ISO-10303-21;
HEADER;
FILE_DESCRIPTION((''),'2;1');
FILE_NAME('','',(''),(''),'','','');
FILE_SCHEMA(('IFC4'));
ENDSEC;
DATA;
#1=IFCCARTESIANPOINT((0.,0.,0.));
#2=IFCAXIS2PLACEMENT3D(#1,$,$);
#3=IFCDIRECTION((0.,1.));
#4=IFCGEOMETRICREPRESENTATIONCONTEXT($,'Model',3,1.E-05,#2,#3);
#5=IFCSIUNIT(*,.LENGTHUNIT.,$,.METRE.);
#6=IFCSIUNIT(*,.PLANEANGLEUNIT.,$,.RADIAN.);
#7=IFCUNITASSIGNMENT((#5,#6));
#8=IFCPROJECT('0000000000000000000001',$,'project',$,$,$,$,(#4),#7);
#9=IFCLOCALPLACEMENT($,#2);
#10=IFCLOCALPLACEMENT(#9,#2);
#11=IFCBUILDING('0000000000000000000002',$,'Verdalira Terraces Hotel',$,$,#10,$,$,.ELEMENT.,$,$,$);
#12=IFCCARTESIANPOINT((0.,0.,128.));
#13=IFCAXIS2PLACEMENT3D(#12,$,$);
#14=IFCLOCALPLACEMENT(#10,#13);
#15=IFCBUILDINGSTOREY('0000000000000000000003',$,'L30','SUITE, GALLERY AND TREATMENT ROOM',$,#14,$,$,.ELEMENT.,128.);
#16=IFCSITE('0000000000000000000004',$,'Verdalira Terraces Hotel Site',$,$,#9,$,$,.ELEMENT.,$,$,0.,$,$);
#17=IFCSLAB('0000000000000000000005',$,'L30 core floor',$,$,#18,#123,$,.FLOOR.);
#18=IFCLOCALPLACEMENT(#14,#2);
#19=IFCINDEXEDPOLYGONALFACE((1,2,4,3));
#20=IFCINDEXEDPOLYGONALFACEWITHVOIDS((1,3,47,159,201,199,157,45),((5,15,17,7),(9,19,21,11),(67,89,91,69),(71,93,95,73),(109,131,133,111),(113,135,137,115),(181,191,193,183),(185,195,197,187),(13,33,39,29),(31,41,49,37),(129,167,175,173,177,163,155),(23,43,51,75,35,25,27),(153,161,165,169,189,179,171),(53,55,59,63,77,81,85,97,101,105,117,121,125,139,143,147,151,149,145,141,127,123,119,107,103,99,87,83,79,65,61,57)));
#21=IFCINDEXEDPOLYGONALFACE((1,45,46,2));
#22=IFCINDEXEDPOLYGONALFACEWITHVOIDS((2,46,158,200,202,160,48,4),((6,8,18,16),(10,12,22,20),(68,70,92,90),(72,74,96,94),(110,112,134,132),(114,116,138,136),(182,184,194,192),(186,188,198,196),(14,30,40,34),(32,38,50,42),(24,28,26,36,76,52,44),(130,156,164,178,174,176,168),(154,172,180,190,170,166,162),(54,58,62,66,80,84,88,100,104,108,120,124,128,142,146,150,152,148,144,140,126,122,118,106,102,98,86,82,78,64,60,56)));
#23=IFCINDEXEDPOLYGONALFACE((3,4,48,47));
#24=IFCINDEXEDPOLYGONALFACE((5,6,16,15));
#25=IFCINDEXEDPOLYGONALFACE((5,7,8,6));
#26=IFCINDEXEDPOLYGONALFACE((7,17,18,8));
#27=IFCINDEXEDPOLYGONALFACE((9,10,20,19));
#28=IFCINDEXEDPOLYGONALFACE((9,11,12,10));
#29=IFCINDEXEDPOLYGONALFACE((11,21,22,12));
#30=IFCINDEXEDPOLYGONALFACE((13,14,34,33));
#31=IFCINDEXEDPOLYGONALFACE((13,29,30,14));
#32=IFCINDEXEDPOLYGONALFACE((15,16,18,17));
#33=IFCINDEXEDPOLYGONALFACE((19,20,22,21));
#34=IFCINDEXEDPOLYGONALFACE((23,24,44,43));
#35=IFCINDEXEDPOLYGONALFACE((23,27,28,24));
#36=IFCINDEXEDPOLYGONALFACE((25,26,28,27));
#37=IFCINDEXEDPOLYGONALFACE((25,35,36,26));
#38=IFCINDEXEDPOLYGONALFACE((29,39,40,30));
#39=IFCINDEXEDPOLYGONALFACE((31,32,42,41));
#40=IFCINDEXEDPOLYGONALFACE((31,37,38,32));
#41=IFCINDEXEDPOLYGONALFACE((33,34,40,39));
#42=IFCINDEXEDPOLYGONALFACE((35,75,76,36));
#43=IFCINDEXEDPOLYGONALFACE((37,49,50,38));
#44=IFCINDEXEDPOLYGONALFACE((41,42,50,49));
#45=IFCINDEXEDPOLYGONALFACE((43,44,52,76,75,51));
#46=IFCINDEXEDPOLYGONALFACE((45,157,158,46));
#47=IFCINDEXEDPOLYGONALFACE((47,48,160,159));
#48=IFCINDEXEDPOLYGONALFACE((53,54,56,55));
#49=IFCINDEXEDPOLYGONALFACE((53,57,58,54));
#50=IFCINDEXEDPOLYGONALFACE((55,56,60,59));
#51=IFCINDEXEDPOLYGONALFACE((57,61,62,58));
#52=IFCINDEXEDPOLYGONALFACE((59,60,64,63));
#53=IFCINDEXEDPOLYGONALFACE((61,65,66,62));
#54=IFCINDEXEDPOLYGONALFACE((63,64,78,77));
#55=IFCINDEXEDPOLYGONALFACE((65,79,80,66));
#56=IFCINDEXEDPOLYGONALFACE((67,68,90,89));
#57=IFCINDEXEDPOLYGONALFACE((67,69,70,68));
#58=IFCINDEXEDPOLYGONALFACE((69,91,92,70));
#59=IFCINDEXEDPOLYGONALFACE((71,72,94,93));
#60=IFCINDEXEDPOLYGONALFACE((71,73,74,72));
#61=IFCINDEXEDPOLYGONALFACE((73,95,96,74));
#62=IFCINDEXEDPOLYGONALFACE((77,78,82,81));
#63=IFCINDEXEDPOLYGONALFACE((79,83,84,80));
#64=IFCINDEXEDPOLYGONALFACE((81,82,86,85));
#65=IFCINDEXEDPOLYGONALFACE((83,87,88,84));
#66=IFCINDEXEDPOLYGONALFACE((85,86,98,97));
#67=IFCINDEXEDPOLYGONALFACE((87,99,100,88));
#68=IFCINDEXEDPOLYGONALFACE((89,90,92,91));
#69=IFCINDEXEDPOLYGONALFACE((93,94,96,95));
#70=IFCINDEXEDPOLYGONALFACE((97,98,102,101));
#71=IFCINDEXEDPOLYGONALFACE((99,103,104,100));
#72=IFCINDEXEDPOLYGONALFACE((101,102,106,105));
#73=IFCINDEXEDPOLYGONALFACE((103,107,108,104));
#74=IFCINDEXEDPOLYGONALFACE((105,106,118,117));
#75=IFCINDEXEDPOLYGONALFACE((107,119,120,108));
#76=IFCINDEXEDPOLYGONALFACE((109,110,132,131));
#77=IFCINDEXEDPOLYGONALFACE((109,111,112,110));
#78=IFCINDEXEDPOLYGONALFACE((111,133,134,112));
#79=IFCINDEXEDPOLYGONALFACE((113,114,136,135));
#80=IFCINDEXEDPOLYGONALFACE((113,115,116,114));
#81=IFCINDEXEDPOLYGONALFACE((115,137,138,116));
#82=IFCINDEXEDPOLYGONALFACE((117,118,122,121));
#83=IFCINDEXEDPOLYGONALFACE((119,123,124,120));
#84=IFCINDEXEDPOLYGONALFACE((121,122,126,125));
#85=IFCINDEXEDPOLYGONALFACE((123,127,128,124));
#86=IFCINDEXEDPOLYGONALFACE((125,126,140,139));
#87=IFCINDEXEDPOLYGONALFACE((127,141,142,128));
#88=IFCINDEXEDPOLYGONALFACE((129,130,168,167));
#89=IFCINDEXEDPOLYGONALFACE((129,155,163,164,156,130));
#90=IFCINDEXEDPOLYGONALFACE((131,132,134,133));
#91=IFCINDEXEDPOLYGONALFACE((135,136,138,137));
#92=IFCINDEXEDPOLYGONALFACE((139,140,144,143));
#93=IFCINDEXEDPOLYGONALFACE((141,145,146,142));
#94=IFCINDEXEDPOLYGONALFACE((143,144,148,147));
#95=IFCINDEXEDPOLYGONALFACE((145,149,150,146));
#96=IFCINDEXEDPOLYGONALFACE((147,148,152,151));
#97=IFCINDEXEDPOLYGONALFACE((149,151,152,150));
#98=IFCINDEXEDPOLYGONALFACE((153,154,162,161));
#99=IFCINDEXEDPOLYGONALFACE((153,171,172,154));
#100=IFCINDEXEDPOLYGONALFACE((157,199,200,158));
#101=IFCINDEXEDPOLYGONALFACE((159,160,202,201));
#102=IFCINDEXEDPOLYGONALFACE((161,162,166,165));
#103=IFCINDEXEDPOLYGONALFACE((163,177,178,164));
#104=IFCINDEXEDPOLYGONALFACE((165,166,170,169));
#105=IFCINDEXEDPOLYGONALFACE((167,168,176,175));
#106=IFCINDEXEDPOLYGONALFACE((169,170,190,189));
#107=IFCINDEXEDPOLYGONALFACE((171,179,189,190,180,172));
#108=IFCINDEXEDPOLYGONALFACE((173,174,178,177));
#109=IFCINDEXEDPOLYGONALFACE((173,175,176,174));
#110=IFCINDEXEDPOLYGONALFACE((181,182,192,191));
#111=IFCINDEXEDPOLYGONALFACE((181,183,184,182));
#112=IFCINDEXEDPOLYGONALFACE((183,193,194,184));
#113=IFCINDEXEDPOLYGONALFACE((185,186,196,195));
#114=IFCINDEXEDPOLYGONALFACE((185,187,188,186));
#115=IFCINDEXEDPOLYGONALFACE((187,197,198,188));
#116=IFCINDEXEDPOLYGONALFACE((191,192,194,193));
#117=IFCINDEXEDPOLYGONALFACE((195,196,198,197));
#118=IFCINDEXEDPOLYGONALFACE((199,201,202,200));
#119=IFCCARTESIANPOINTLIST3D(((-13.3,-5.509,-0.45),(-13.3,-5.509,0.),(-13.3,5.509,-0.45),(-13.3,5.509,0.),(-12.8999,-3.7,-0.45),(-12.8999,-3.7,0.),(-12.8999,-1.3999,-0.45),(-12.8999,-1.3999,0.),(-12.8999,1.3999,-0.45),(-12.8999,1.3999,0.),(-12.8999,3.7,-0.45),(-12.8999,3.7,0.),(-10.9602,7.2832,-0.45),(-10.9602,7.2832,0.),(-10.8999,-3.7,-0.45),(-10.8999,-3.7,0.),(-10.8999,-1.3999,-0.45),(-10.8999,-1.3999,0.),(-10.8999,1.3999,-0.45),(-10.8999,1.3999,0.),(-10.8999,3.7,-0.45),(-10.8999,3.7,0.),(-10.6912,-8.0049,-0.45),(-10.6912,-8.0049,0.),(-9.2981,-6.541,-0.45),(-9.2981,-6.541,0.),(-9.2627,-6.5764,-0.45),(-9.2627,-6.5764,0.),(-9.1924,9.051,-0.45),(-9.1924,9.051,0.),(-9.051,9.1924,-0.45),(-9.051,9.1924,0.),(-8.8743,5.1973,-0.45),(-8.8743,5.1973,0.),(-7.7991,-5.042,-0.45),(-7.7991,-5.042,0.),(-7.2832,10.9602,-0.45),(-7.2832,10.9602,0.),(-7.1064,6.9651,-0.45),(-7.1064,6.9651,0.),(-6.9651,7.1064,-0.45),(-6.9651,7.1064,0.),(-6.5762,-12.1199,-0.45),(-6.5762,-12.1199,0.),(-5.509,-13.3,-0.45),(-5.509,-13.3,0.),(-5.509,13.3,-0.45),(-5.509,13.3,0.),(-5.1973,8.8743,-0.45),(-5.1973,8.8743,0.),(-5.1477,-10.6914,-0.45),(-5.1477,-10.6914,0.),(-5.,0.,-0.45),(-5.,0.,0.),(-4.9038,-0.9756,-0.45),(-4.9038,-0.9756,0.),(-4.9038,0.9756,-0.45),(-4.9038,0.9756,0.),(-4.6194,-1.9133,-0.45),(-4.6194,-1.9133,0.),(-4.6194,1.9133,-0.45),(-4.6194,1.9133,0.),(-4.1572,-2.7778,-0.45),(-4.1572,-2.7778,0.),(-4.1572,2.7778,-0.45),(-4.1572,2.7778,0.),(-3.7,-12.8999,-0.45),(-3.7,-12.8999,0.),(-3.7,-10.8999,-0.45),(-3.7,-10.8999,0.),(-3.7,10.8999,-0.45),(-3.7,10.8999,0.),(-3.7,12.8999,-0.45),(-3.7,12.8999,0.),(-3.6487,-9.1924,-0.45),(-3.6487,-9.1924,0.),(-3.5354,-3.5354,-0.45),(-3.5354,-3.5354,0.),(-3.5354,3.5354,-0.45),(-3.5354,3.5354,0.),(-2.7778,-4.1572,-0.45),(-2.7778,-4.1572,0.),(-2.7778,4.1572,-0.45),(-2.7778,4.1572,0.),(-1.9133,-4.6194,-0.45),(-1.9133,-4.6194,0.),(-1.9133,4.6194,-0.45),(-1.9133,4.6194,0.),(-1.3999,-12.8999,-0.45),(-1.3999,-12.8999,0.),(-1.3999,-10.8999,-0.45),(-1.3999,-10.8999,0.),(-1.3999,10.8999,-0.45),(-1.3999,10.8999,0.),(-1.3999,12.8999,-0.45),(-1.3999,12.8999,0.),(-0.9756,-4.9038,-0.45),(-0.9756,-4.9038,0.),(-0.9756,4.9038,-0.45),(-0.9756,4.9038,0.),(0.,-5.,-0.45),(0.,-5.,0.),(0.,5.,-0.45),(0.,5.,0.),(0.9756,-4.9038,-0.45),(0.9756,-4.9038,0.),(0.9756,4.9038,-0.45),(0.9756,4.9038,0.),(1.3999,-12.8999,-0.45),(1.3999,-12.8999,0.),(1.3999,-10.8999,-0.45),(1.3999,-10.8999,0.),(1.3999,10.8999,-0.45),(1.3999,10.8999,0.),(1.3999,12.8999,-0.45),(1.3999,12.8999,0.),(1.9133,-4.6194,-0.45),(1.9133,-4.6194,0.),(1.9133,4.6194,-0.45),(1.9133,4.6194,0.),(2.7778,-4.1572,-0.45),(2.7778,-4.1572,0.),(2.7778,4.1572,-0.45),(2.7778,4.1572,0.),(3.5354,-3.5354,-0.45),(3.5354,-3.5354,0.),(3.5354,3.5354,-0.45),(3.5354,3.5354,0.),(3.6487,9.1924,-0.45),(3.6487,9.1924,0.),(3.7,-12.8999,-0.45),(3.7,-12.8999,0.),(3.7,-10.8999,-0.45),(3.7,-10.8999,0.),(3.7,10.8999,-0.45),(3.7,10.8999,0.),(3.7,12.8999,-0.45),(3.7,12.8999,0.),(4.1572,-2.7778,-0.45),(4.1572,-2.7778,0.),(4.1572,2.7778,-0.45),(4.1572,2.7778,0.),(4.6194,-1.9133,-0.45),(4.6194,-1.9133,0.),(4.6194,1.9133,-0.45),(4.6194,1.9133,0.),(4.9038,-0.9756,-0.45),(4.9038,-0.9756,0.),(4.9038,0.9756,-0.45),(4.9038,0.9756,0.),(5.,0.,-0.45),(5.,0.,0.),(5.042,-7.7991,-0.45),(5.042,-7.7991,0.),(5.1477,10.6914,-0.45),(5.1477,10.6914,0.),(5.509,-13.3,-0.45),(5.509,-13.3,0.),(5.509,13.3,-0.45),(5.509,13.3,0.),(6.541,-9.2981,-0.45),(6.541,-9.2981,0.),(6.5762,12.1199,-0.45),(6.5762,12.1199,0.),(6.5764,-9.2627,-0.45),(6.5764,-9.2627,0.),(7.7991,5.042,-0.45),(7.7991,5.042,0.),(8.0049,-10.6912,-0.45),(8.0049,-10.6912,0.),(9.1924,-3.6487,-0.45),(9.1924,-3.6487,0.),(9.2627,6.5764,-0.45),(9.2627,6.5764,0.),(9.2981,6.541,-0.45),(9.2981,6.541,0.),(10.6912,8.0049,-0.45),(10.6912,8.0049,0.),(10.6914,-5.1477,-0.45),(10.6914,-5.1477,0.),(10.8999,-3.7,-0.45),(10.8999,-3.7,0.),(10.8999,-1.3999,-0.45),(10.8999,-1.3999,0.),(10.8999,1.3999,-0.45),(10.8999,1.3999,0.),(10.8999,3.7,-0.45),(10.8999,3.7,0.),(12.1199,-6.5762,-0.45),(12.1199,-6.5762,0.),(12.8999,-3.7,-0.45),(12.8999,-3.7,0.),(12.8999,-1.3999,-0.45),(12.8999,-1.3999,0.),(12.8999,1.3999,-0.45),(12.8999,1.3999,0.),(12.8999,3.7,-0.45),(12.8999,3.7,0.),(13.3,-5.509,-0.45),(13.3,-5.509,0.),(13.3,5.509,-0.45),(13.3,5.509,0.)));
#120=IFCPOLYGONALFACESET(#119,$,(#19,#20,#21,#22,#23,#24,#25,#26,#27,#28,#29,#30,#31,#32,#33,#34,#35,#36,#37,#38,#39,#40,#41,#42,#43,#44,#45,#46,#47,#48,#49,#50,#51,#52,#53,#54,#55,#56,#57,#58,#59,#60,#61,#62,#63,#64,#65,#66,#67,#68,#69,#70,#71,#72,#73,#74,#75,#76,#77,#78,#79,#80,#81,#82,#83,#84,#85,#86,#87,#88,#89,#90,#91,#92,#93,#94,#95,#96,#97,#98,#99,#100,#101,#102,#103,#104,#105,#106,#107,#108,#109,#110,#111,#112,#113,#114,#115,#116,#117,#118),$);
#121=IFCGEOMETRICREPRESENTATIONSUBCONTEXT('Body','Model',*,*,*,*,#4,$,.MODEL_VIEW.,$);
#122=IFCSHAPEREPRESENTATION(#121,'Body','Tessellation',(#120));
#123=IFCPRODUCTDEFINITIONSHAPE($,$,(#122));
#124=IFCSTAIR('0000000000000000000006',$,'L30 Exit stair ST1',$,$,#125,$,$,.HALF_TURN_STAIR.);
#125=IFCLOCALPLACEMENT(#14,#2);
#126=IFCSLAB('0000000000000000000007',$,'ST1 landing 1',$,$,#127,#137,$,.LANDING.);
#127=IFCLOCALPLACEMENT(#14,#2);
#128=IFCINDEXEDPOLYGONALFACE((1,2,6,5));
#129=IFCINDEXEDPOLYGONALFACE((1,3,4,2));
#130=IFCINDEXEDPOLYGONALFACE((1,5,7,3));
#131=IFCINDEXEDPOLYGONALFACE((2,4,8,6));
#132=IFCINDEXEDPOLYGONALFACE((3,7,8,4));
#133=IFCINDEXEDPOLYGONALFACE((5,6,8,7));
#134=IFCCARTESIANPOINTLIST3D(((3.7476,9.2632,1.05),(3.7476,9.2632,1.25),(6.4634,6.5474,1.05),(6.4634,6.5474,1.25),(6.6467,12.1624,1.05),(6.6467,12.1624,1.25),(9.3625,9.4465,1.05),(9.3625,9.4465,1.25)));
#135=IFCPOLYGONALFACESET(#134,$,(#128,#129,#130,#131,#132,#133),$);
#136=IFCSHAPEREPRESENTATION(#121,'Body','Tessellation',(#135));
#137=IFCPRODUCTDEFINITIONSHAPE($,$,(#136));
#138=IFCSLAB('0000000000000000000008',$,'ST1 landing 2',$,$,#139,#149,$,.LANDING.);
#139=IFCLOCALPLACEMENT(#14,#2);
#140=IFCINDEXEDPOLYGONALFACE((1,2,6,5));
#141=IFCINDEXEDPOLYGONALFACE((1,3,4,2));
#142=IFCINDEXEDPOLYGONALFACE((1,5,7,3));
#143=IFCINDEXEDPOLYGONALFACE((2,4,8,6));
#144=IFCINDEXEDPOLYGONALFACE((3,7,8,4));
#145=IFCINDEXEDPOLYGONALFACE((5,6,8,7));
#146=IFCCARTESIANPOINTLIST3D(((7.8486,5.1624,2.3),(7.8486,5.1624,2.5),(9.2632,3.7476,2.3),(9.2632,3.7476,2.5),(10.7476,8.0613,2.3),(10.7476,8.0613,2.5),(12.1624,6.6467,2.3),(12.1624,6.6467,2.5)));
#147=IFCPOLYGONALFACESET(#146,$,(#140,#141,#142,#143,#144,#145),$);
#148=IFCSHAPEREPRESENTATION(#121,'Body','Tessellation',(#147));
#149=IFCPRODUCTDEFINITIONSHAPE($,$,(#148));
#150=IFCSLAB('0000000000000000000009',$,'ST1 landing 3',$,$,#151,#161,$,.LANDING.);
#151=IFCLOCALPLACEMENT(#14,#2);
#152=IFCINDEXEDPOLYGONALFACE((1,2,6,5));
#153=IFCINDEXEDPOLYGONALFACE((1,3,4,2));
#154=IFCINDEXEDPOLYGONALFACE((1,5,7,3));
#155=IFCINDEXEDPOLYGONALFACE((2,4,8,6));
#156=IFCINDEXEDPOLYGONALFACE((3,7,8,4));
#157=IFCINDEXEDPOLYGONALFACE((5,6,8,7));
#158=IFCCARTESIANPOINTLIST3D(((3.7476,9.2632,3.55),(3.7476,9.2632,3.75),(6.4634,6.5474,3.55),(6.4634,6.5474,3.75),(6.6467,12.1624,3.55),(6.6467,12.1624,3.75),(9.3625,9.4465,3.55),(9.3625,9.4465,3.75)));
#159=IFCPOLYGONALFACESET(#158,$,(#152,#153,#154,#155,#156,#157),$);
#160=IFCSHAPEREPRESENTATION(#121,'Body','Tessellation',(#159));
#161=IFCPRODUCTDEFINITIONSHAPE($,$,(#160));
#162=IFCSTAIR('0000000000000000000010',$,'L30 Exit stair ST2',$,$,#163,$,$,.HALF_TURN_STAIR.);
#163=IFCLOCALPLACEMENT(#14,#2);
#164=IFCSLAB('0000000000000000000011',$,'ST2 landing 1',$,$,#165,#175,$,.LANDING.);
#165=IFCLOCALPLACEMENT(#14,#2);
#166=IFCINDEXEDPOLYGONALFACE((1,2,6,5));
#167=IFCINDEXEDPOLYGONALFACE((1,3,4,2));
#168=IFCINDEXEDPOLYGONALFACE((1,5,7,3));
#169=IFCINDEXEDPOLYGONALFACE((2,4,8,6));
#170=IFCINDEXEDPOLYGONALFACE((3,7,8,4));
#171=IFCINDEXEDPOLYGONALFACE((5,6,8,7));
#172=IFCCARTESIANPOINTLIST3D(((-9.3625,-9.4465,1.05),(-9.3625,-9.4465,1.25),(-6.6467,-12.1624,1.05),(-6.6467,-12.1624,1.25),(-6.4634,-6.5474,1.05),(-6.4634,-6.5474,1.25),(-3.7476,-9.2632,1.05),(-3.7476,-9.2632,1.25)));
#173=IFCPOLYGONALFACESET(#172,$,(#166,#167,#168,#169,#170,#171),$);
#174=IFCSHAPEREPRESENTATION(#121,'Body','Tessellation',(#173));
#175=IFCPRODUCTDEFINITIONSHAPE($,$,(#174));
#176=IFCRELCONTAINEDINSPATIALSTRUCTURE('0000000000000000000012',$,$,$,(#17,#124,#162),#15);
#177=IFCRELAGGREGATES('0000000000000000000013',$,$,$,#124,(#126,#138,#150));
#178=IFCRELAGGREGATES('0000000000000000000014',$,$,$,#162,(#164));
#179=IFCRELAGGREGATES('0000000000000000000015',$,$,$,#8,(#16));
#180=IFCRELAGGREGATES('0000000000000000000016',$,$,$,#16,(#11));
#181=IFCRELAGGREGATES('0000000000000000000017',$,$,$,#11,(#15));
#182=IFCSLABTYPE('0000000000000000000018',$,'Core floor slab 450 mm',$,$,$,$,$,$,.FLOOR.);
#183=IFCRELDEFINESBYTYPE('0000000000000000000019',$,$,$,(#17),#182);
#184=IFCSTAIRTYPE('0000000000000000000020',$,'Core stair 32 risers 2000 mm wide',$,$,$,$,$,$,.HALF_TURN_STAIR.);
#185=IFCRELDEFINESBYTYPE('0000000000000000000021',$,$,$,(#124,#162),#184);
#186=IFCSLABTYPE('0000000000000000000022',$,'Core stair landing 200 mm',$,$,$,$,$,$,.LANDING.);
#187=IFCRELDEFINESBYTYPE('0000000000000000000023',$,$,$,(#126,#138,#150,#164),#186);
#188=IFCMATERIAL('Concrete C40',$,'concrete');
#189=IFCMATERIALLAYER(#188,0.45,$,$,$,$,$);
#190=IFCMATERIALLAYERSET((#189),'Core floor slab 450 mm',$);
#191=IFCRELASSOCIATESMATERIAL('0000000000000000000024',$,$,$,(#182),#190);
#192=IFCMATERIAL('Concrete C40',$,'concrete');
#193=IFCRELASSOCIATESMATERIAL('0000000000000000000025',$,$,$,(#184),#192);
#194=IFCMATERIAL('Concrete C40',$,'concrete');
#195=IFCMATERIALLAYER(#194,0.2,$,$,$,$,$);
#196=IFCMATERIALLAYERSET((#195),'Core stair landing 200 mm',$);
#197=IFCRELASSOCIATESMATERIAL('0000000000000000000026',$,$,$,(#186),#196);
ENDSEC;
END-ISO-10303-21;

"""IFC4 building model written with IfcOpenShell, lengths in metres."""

from ifc_helpers import new_model, si_unit, direction, frame, origin, place, context, subcontext, project, spatial, polyline, outline, extrude, material, layer, layer_set, type_object, element, aggregate, save


model = new_model("IFC4")

# Units and contexts
model_context = context("Model", 3, precision=1e-05, world=origin(), true_north=direction((0.0, 1.0)))
body_context = subcontext(model_context, "Body", "Model", "MODEL_VIEW")
ifc_project = project(units=[si_unit("LENGTHUNIT", "METRE"), si_unit("PLANEANGLEUNIT", "RADIAN")], contexts=[model_context])

# Site, building, storey
site_placement = place(None, origin())
site = spatial("IfcSite", under=ifc_project, at=site_placement, Name="Verdalira Terraces Hotel Site", CompositionType="ELEMENT", RefElevation=0.0)
building_placement = place(site_placement, origin())
building = spatial("IfcBuilding", under=site, at=building_placement, Name="Verdalira Terraces Hotel", CompositionType="ELEMENT")
storey_placement = place(building_placement, frame((0.0, 0.0, 128.0)))
storey = spatial("IfcBuildingStorey", under=building, at=storey_placement, Name="L30", Description="SUITE, GALLERY AND TREATMENT ROOM", CompositionType="ELEMENT", Elevation=128.0)

# Slab
ifc_material_1 = material(Name="Concrete C40", Category="concrete")
ifc_layer_1 = layer(ifc_material_1, 0.45)
ifc_layer_set_1 = layer_set([ifc_layer_1], Name="Core floor slab 450 mm")
slab_type_1 = type_object("IfcSlabType", Name="Core floor slab 450 mm", PredefinedType="FLOOR", material=ifc_layer_set_1)
slab_1_placement = place(storey_placement, frame((0.0, 0.0, -0.45)))
element("IfcSlab", 1, at=slab_1_placement, inside=storey, type_object=slab_type_1, Name="L30 core floor", PredefinedType="FLOOR", context=body_context, shape_type="SweptSolid", body=[
    extrude(outline(polyline([(-5.509, 13.3), (5.509, 13.3), (13.3, 5.509), (13.3, -5.509), (5.509, -13.3), (-5.509, -13.3), (-13.3, -5.509), (-13.3, 5.509), (-5.509, 13.3)]), holes=[polyline([(12.8999, -3.7), (12.8999, -1.3999), (10.8999, -1.3999), (10.8999, -3.7), (12.8999, -3.7)]), polyline([(12.8999, 1.3999), (12.8999, 3.7), (10.8999, 3.7), (10.8999, 1.3999), (12.8999, 1.3999)]), polyline([(1.3999, 10.8999), (3.7, 10.8999), (3.7, 12.8999), (1.3999, 12.8999), (1.3999, 10.8999)]), polyline([(-3.7, 10.8999), (-1.3999, 10.8999), (-1.3999, 12.8999), (-3.7, 12.8999), (-3.7, 10.8999)]), polyline([(-12.8999, 3.7), (-12.8999, 1.3999), (-10.8999, 1.3999), (-10.8999, 3.7), (-12.8999, 3.7)]), polyline([(-12.8999, -1.3999), (-12.8999, -3.7), (-10.8999, -3.7), (-10.8999, -1.3999), (-12.8999, -1.3999)]), polyline([(-1.3999, -10.8999), (-3.7, -10.8999), (-3.7, -12.8999), (-1.3999, -12.8999), (-1.3999, -10.8999)]), polyline([(3.7, -10.8999), (1.3999, -10.8999), (1.3999, -12.8999), (3.7, -12.8999), (3.7, -10.8999)]), polyline([(-9.051, 9.1924), (-6.9651, 7.1064), (-5.1973, 8.8743), (-7.2832, 10.9602), (-9.051, 9.1924)]), polyline([(-9.1924, 9.051), (-10.9602, 7.2832), (-8.8743, 5.1973), (-7.1064, 6.9651), (-9.1924, 9.051)]), polyline([(3.5354, 3.5354), (2.7778, 4.1572), (1.9133, 4.6194), (0.9756, 4.9038), (0.0, 5.0), (-0.9756, 4.9038), (-1.9133, 4.6194), (-2.7778, 4.1572), (-3.5354, 3.5354), (-4.1572, 2.7778), (-4.6194, 1.9133), (-4.9038, 0.9756), (-5.0, 0.0), (-4.9038, -0.9756), (-4.6194, -1.9133), (-4.1572, -2.7778), (-3.5354, -3.5354), (-2.7778, -4.1572), (-1.9133, -4.6194), (-0.9756, -4.9038), (0.0, -5.0), (0.9756, -4.9038), (1.9133, -4.6194), (2.7778, -4.1572), (3.5354, -3.5354), (4.1572, -2.7778), (4.6194, -1.9133), (4.9038, -0.9756), (5.0, 0.0), (4.9038, 0.9756), (4.6194, 1.9133), (4.1572, 2.7778), (3.5354, 3.5354)]), polyline([(6.5762, 12.1199), (5.1477, 10.6914), (5.1477, 10.6914), (3.6487, 9.1924), (7.7991, 5.042), (9.2981, 6.541), (9.2627, 6.5764), (10.6912, 8.0049), (6.5762, 12.1199)]), polyline([(-5.1477, -10.6914), (-3.6487, -9.1924), (-7.7991, -5.042), (-9.2981, -6.541), (-9.2627, -6.5764), (-10.6912, -8.0049), (-6.5762, -12.1199), (-5.1477, -10.6914), (-5.1477, -10.6914)]), polyline([(10.6914, -5.1477), (10.6914, -5.1477), (9.1924, -3.6487), (5.042, -7.7991), (6.541, -9.2981), (6.5764, -9.2627), (8.0049, -10.6912), (12.1199, -6.5762), (10.6914, -5.1477)])]), origin(), (0.0, 0.0, 1.0), 0.45),
])

# Stairs, slabs
ifc_material_2 = material(Name="Concrete C40", Category="concrete")
stair_type = type_object("IfcStairType", Name="Core stair 32 risers 2000 mm wide", PredefinedType="HALF_TURN_STAIR", material=ifc_material_2)
stair_1_placement = place(storey_placement, origin())
stair_1 = element("IfcStair", 2, at=stair_1_placement, inside=storey, type_object=stair_type, Name="L30 Exit stair ST1", PredefinedType="HALF_TURN_STAIR")
ifc_material_3 = material(Name="Concrete C40", Category="concrete")
ifc_layer_2 = layer(ifc_material_3, 0.2)
ifc_layer_set_2 = layer_set([ifc_layer_2], Name="Core stair landing 200 mm")
slab_type_2 = type_object("IfcSlabType", Name="Core stair landing 200 mm", PredefinedType="LANDING", material=ifc_layer_set_2)
slab_2_placement = place(storey_placement, frame((0.0, 0.0, 1.05)))
slab_2 = element("IfcSlab", 3, at=slab_2_placement, type_object=slab_type_2, Name="ST1 landing 1", PredefinedType="LANDING", context=body_context, shape_type="SweptSolid", body=[
    extrude(outline(polyline([(9.3625, 9.4465), (6.6467, 12.1624), (3.7476, 9.2632), (6.4634, 6.5474), (9.3625, 9.4465)])), origin(), (0.0, 0.0, 1.0), 0.2),
])
slab_3_placement = place(storey_placement, frame((0.0, 0.0, 2.3)))
slab_3 = element("IfcSlab", 4, at=slab_3_placement, type_object=slab_type_2, Name="ST1 landing 2", PredefinedType="LANDING", context=body_context, shape_type="SweptSolid", body=[
    extrude(outline(polyline([(12.1624, 6.6467), (10.7476, 8.0613), (7.8486, 5.1624), (9.2632, 3.7476), (12.1624, 6.6467)])), origin(), (0.0, 0.0, 1.0), 0.2),
])
slab_4_placement = place(storey_placement, frame((0.0, 0.0, 3.55)))
slab_4 = element("IfcSlab", 5, at=slab_4_placement, type_object=slab_type_2, Name="ST1 landing 3", PredefinedType="LANDING", context=body_context, shape_type="SweptSolid", body=[
    extrude(outline(polyline([(9.3625, 9.4465), (6.6467, 12.1624), (3.7476, 9.2632), (6.4634, 6.5474), (9.3625, 9.4465)])), origin(), (0.0, 0.0, 1.0), 0.2),
])
aggregate(stair_1, [slab_2, slab_3, slab_4])
stair_2_placement = place(storey_placement, origin())
stair_2 = element("IfcStair", 6, at=stair_2_placement, inside=storey, type_object=stair_type, Name="L30 Exit stair ST2", PredefinedType="HALF_TURN_STAIR")
slab_5_placement = place(storey_placement, frame((0.0, 0.0, 1.05)))
slab_5 = element("IfcSlab", 7, at=slab_5_placement, type_object=slab_type_2, Name="ST2 landing 1", PredefinedType="LANDING", context=body_context, shape_type="SweptSolid", body=[
    extrude(outline(polyline([(-9.3625, -9.4465), (-6.6467, -12.1624), (-3.7476, -9.2632), (-6.4634, -6.5474), (-9.3625, -9.4465)])), origin(), (0.0, 0.0, 1.0), 0.2),
])
aggregate(stair_2, [slab_5])

save(model, "model.ifc")
